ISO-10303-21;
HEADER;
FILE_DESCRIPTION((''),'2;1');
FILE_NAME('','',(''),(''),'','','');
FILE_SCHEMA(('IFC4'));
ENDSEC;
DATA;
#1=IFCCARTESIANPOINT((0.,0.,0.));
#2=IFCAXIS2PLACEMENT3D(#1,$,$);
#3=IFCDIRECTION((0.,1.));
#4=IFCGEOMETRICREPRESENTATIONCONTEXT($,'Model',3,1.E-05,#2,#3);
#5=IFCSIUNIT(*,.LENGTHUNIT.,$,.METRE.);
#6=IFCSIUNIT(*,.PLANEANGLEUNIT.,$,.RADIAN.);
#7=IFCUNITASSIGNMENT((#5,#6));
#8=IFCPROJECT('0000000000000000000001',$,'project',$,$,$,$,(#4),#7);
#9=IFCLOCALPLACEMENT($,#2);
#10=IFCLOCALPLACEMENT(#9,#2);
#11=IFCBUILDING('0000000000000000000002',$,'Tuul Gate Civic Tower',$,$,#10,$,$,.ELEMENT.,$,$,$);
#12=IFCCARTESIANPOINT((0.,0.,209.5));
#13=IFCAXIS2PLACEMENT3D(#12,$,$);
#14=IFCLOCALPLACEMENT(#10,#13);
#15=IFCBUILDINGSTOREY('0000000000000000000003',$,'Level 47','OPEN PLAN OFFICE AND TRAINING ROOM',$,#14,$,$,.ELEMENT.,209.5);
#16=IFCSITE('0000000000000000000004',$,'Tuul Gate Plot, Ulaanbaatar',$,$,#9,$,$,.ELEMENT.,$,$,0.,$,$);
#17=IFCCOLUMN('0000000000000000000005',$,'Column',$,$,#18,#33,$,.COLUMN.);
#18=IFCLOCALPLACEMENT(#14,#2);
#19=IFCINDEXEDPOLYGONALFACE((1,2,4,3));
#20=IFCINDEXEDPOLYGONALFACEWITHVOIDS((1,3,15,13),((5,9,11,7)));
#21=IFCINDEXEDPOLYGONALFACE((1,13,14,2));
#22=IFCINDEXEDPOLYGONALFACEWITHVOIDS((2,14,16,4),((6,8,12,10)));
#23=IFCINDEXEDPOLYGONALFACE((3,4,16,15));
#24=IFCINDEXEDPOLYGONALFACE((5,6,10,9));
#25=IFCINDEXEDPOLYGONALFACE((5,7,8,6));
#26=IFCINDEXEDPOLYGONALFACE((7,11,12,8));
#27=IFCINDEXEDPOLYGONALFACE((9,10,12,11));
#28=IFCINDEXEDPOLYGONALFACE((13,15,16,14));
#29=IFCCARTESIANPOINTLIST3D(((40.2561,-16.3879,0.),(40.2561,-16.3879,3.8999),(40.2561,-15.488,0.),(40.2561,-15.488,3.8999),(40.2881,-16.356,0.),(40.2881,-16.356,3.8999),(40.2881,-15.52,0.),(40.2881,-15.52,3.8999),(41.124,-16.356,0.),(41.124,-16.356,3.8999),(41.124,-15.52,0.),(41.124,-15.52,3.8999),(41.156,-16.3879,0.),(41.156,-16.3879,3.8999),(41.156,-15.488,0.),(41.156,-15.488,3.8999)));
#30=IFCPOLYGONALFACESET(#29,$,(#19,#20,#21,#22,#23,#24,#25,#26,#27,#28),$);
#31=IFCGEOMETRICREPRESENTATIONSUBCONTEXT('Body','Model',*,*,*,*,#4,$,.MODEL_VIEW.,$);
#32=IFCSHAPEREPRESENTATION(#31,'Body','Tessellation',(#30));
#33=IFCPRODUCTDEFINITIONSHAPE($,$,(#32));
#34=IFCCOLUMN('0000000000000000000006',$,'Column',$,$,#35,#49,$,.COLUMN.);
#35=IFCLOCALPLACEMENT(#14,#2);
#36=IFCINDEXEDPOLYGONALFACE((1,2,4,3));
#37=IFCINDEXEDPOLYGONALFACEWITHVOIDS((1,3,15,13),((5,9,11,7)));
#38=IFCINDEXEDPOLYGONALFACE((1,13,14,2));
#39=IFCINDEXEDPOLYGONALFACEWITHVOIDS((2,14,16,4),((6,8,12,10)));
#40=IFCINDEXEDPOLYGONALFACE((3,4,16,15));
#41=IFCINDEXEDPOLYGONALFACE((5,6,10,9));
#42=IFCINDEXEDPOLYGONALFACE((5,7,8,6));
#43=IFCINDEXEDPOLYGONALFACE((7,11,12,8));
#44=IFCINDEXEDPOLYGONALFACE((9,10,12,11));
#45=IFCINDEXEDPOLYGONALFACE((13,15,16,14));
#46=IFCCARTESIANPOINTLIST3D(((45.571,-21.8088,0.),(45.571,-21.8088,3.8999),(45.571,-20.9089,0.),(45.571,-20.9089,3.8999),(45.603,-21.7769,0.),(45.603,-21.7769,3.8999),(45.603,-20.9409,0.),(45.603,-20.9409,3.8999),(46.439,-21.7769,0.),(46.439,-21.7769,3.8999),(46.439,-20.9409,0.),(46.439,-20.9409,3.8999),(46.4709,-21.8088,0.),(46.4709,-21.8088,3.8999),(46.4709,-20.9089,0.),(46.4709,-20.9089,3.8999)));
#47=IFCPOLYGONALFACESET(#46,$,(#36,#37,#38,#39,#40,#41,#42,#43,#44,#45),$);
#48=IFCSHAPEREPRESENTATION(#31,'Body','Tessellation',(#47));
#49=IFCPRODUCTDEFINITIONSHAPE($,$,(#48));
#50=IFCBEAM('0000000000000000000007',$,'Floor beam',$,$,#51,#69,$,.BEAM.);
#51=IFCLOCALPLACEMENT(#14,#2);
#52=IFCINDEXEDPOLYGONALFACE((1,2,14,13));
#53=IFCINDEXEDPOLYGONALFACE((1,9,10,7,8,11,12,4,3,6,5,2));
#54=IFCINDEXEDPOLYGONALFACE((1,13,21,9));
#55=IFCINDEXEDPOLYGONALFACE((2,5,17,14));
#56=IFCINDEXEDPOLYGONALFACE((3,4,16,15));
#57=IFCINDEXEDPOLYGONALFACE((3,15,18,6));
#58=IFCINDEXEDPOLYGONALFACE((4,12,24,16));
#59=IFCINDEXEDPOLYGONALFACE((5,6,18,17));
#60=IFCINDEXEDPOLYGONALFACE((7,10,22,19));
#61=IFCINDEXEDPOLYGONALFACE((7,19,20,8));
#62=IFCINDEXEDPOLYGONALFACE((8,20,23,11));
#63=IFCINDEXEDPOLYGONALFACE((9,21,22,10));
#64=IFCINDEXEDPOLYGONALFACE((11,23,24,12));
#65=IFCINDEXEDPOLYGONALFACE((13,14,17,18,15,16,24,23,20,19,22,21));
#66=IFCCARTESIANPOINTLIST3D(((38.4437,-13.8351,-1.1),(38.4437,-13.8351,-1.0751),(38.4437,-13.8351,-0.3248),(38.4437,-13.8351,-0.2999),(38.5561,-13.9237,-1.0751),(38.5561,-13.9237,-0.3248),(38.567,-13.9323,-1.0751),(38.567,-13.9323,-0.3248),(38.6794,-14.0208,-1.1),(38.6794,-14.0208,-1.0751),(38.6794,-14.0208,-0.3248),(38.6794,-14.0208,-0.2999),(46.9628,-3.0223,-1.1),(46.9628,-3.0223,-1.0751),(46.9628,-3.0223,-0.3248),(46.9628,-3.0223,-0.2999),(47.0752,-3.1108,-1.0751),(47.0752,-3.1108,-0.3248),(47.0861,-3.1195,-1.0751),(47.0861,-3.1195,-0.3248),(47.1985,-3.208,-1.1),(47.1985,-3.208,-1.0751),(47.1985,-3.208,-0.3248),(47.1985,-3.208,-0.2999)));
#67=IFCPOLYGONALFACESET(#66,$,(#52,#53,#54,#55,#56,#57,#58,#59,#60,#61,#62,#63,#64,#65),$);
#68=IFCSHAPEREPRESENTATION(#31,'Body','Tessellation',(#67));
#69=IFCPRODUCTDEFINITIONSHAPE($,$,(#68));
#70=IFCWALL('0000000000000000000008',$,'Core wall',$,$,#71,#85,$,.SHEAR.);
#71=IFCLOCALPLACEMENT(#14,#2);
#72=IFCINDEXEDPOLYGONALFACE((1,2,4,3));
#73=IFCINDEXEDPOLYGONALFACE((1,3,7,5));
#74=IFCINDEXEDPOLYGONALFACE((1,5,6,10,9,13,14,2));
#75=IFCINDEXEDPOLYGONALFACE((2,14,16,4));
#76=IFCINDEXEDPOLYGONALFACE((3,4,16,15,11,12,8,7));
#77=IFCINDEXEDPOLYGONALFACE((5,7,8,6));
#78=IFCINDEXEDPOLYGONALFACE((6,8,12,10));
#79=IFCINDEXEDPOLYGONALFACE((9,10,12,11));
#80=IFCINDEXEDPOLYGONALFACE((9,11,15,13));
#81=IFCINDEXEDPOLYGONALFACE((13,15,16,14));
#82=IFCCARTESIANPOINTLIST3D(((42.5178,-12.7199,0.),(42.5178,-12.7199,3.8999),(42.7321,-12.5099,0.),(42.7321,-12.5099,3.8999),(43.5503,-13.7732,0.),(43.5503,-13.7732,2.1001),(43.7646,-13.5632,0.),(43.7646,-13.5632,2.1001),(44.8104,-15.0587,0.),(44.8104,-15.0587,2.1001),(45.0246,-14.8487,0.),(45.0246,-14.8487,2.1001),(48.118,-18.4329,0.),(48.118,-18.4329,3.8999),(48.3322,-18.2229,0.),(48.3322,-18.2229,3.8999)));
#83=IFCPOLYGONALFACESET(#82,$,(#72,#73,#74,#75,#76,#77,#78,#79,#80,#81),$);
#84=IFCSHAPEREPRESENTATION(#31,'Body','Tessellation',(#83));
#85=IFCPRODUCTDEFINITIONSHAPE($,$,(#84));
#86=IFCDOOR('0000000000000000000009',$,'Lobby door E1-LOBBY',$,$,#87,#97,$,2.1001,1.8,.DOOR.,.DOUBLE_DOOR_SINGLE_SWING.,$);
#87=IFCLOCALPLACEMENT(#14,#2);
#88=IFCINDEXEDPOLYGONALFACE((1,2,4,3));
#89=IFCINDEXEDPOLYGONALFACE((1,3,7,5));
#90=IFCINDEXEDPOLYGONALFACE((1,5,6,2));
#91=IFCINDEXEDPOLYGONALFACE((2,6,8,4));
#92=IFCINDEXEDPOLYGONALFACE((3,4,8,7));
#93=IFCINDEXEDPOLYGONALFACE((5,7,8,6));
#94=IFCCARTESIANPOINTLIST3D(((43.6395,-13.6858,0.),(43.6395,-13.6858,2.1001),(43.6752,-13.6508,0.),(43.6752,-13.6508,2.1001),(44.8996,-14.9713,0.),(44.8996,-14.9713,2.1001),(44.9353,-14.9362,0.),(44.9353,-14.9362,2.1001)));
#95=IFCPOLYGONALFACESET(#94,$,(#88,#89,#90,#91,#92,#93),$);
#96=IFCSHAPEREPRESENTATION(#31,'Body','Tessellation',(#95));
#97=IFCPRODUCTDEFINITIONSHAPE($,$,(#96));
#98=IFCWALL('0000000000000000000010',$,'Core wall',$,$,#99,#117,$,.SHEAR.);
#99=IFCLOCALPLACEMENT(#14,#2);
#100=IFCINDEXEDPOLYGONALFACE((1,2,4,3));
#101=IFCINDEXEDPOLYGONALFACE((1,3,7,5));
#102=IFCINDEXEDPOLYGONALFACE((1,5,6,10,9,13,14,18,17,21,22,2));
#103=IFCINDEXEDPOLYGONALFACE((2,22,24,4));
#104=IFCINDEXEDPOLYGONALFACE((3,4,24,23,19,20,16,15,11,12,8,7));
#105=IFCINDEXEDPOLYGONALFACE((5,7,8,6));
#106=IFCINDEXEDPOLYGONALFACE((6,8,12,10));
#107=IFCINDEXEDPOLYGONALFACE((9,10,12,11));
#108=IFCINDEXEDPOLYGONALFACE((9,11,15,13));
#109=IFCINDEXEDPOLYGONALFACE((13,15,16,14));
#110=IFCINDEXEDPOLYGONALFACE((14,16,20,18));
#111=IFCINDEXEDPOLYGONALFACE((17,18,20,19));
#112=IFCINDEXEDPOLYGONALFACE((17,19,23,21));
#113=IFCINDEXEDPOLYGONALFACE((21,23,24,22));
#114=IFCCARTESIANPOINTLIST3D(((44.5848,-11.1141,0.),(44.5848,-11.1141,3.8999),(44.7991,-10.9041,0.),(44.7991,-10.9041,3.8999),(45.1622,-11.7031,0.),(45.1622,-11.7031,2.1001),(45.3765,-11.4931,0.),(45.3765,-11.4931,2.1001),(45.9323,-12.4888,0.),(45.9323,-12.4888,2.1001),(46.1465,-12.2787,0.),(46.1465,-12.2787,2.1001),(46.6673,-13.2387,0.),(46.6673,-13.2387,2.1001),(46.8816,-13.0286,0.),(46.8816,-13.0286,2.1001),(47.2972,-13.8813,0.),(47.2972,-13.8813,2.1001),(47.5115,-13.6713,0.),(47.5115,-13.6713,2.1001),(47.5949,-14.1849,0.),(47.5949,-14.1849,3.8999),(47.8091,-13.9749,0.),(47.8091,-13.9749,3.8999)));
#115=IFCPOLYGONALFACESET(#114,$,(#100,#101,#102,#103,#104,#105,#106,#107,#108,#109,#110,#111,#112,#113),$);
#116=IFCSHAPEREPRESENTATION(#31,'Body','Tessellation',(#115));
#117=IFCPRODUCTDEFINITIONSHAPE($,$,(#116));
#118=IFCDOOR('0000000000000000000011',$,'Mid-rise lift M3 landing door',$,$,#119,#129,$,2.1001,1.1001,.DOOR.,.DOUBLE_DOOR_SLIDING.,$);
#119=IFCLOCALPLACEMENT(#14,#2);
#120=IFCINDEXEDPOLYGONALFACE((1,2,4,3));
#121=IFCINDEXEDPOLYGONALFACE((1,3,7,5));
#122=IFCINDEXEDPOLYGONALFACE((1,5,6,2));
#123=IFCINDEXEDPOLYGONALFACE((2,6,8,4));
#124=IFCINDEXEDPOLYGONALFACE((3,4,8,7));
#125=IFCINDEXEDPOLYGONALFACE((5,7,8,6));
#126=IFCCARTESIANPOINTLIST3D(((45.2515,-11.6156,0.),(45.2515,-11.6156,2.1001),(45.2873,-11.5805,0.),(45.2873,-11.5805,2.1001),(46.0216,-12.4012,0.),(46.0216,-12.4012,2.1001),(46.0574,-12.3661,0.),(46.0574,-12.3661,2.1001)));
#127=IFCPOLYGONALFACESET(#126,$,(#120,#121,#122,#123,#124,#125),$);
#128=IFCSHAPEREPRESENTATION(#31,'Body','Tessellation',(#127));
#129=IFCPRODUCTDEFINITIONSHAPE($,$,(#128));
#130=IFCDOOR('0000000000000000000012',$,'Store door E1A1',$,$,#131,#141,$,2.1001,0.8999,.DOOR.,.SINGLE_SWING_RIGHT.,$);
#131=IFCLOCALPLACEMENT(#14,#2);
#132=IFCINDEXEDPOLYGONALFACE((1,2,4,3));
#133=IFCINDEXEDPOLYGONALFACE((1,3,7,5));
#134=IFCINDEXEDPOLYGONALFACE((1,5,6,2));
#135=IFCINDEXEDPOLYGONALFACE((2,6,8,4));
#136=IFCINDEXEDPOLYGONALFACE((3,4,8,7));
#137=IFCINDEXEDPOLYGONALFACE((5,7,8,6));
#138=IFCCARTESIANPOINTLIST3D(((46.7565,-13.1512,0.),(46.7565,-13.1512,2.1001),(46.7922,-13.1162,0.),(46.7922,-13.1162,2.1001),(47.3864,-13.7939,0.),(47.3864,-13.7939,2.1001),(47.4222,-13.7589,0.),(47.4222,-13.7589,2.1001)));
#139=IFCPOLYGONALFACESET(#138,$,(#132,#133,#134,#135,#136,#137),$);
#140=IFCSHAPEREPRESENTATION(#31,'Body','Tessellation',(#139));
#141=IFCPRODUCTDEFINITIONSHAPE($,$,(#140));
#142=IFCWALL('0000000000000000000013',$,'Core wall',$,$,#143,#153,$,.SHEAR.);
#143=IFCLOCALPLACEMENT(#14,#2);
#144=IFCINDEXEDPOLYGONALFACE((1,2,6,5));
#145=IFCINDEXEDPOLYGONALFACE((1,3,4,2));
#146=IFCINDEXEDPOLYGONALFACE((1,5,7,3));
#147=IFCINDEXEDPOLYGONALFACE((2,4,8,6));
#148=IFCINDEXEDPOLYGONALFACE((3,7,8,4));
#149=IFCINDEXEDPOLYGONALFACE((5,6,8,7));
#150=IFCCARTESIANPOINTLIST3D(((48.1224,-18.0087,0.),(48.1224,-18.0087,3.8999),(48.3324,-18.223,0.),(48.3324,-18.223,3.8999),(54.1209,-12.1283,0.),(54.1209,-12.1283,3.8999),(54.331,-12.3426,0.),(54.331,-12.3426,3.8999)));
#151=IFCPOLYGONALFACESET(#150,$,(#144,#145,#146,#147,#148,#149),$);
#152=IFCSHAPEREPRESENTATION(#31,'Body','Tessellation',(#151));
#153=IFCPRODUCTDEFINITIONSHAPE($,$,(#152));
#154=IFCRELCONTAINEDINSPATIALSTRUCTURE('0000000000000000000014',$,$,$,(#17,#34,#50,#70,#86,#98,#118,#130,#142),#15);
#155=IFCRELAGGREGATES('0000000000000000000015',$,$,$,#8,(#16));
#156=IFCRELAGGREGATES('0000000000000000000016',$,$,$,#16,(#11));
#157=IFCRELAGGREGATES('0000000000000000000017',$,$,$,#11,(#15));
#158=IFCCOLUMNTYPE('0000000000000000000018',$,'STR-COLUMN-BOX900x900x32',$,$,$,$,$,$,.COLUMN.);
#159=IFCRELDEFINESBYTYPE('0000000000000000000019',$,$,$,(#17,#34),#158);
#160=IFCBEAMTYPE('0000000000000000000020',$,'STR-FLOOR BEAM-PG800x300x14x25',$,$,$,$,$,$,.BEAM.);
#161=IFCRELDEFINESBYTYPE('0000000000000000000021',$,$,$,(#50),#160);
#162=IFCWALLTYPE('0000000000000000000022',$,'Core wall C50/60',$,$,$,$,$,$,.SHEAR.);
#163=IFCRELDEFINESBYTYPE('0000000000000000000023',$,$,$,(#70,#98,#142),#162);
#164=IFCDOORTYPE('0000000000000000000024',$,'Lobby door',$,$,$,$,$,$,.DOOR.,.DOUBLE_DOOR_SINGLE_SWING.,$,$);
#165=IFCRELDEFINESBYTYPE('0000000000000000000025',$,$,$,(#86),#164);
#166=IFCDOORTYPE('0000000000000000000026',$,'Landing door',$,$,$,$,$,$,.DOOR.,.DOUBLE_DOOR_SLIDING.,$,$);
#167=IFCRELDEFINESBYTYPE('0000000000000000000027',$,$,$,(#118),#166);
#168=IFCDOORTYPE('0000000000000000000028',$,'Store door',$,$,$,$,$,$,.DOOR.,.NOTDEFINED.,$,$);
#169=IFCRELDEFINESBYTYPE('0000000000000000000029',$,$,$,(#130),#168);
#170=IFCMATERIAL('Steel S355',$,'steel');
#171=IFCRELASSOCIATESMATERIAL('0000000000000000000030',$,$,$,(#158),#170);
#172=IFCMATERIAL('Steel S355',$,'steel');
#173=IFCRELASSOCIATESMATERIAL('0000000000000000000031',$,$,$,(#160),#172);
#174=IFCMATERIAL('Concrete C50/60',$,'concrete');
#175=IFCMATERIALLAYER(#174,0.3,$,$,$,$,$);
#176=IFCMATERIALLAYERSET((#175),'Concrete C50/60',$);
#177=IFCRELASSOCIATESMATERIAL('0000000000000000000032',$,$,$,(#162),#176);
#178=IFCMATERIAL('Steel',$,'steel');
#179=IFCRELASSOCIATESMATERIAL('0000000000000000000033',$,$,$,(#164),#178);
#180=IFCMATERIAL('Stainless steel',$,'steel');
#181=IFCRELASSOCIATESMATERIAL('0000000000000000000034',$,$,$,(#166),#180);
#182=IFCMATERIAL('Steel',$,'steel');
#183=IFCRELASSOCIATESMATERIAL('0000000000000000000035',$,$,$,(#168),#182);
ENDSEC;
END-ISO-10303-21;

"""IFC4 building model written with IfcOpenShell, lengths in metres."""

from ifc_helpers import new_model, si_unit, direction, frame, frame_2d, origin, origin_2d, place, context, subcontext, project, spatial, rectangle, hollow_rectangle, i_section, extrude, material, layer, layer_set, material_profile, profile_set, type_object, element, fill, save


model = new_model("IFC4")

# Units and contexts
model_context = context("Model", 3, precision=1e-05, world=origin(), true_north=direction((0.0, 1.0)))
body_context = subcontext(model_context, "Body", "Model", "MODEL_VIEW")
ifc_project = project(units=[si_unit("LENGTHUNIT", "METRE"), si_unit("PLANEANGLEUNIT", "RADIAN")], contexts=[model_context])

# Site, building, storey
site_placement = place(None, origin())
site = spatial("IfcSite", under=ifc_project, at=site_placement, Name="Tuul Gate Plot, Ulaanbaatar", CompositionType="ELEMENT", RefElevation=0.0)
building_placement = place(site_placement, origin())
building = spatial("IfcBuilding", under=site, at=building_placement, Name="Tuul Gate Civic Tower", CompositionType="ELEMENT")
storey_placement = place(building_placement, frame((0.0, 0.0, 209.5)))
storey = spatial("IfcBuildingStorey", under=building, at=storey_placement, Name="Level 47", Description="OPEN PLAN OFFICE AND TRAINING ROOM", CompositionType="ELEMENT", Elevation=209.5)

# Columns
ifc_material_1 = material(Name="Steel S355", Category="steel")
ifc_material_profile_1 = material_profile(ifc_material_1, hollow_rectangle(XDim=0.8999, YDim=0.8999, WallThickness=0.032, at=origin_2d()), Name="BOX900x900x32")
ifc_profile_set_1 = profile_set([ifc_material_profile_1], Name="Steel S355")
column_type = type_object("IfcColumnType", Name="STR-COLUMN-BOX900x900x32", PredefinedType="COLUMN", material=ifc_profile_set_1)
for number, where, z_axis, x_axis, name in (
    (1, (40.7061, -15.938, 0.0), (0.0, 0.0, 1.0), (1.0, 0.0, 0.0), "Column"),
    (2, (46.021, -21.3589, 0.0), (0.0, 0.0, 1.0), (1.0, 0.0, 0.0), "Column"),
):
    element("IfcColumn", number, at=place(storey_placement, frame(where, z_axis=z_axis, x_axis=x_axis)), inside=storey, type_object=column_type, Name=name, PredefinedType="COLUMN", context=body_context, shape_type="SweptSolid", body=[
        extrude(hollow_rectangle(XDim=0.8999, YDim=0.8999, WallThickness=0.032, at=origin_2d()), origin(), (0.0, 0.0, 1.0), 3.8999),
    ])

# Beam
ifc_material_2 = material(Name="Steel S355", Category="steel")
ifc_material_profile_2 = material_profile(ifc_material_2, i_section(OverallWidth=0.3, OverallDepth=0.8, WebThickness=0.0139, FlangeThickness=0.0249, at=origin_2d()), Name="PG800x300x14x25")
ifc_profile_set_2 = profile_set([ifc_material_profile_2], Name="Steel S355")
beam_type = type_object("IfcBeamType", Name="STR-FLOOR BEAM-PG800x300x14x25", PredefinedType="BEAM", material=ifc_profile_set_2)
beam_placement = place(storey_placement, frame((38.5615, -13.928, -0.7), z_axis=(0.618868, 0.785495, 0.0), x_axis=(-0.785495, 0.618868, 0.0)))
element("IfcBeam", 3, at=beam_placement, inside=storey, type_object=beam_type, Name="Floor beam", PredefinedType="BEAM", context=body_context, shape_type="SweptSolid", body=[
    extrude(i_section(OverallWidth=0.3, OverallDepth=0.8, WebThickness=0.0139, FlangeThickness=0.0249, at=origin_2d()), origin(), (0.0, 0.0, 1.0), 13.7656),
])

# Wall, opening, door
ifc_material_3 = material(Name="Concrete C50/60", Category="concrete")
ifc_layer_1 = layer(ifc_material_3, 0.3)
ifc_layer_set_1 = layer_set([ifc_layer_1], Name="Concrete C50/60")
wall_type_1 = type_object("IfcWallType", Name="Core wall C50/60", PredefinedType="SHEAR", material=ifc_layer_set_1)
wall_1_placement = place(storey_placement, frame((48.2251, -18.3279, 0.0), z_axis=(0.0, 0.0, 1.0), x_axis=(-0.700022, 0.714121, 0.0)))
wall_1 = element("IfcWall", 4, at=wall_1_placement, inside=storey, type_object=wall_type_1, Name="Core wall", PredefinedType="SHEAR", context=body_context, shape_type="SweptSolid", body=[
    extrude(rectangle(XDim=8.0, YDim=0.3, at=frame_2d((4.0, 0.0))), origin(), (0.0, 0.0, 1.0), 3.8999),
])
opening_1_placement = place(wall_1_placement, frame((4.7251, 0.0, 0.0)))
opening_1 = element("IfcOpeningElement", 5, at=opening_1_placement, cuts=wall_1, PredefinedType="OPENING", context=body_context, shape_type="SweptSolid", body=[
    extrude(rectangle(XDim=1.8, YDim=2.1001, at=frame_2d((0.8999, 1.05))), frame((0.0, 0.1602, 0.0), z_axis=(0.0, -1.0, 0.0), x_axis=(1.0, 0.0, 0.0)), (0.0, 0.0, 1.0), 0.3201),
])
ifc_material_4 = material(Name="Steel", Category="steel")
door_type_1 = type_object("IfcDoorType", Name="Lobby door", OperationType="DOUBLE_DOOR_SINGLE_SWING", PredefinedType="DOOR", material=ifc_material_4)
door_1_placement = place(opening_1_placement, frame((1.8, 0.0, 0.0), z_axis=(0.0, 0.0, 1.0), x_axis=(-1.0, 0.0, 0.0)))
door_1 = element("IfcDoor", 6, at=door_1_placement, inside=storey, type_object=door_type_1, Name="Lobby door E1-LOBBY", OperationType="DOUBLE_DOOR_SINGLE_SWING", OverallHeight=2.1001, OverallWidth=1.8, PredefinedType="DOOR", context=body_context, shape_type="SweptSolid", body=[
    extrude(rectangle(XDim=1.8, YDim=2.1001, at=frame_2d((0.9001, 1.05))), frame((0.0, 0.0249, 0.0), z_axis=(0.0, -1.0, 0.0), x_axis=(1.0, 0.0, 0.0)), (0.0, 0.0, 1.0), 0.05),
])
fill(opening_1, door_1)

# Wall, openings, doors
wall_2_placement = place(storey_placement, frame((47.7019, -14.0798, 0.0), z_axis=(0.0, 0.0, 1.0), x_axis=(-0.700003, 0.71414, 0.0)))
wall_2 = element("IfcWall", 7, at=wall_2_placement, inside=storey, type_object=wall_type_1, Name="Core wall", PredefinedType="SHEAR", context=body_context, shape_type="SweptSolid", body=[
    extrude(rectangle(XDim=4.3, YDim=0.3, at=frame_2d((2.1499, 0.0))), origin(), (0.0, 0.0, 1.0), 3.8999),
])
opening_2_placement = place(wall_2_placement, frame((0.425, 0.0, 0.0)))
opening_2 = element("IfcOpeningElement", 8, at=opening_2_placement, cuts=wall_2, PredefinedType="OPENING", context=body_context, shape_type="SweptSolid", body=[
    extrude(rectangle(XDim=0.8999, YDim=2.1001, at=frame_2d((0.45, 1.05))), frame((0.0, 0.1602, 0.0), z_axis=(0.0, -1.0, 0.0), x_axis=(1.0, 0.0, 0.0)), (0.0, 0.0, 1.0), 0.3201),
])
opening_3_placement = place(wall_2_placement, frame((2.375, 0.0, 0.0)))
opening_3 = element("IfcOpeningElement", 9, at=opening_3_placement, cuts=wall_2, PredefinedType="OPENING", context=body_context, shape_type="SweptSolid", body=[
    extrude(rectangle(XDim=1.1001, YDim=2.1001, at=frame_2d((0.55, 1.05))), frame((0.0, 0.1602, 0.0), z_axis=(0.0, -1.0, 0.0), x_axis=(1.0, 0.0, 0.0)), (0.0, 0.0, 1.0), 0.3201),
])
ifc_material_5 = material(Name="Stainless steel", Category="steel")
door_type_2 = type_object("IfcDoorType", Name="Landing door", OperationType="DOUBLE_DOOR_SLIDING", PredefinedType="DOOR", material=ifc_material_5)
door_2_placement = place(opening_3_placement, origin())
door_2 = element("IfcDoor", 10, at=door_2_placement, inside=storey, type_object=door_type_2, Name="Mid-rise lift M3 landing door", OperationType="DOUBLE_DOOR_SLIDING", OverallHeight=2.1001, OverallWidth=1.1001, PredefinedType="DOOR", context=body_context, shape_type="SweptSolid", body=[
    extrude(rectangle(XDim=1.1001, YDim=2.1001, at=frame_2d((0.55, 1.05))), frame((0.0, 0.0249, 0.0), z_axis=(0.0, -1.0, 0.0), x_axis=(1.0, 0.0, 0.0)), (0.0, 0.0, 1.0), 0.05),
])
fill(opening_3, door_2)
ifc_material_6 = material(Name="Steel", Category="steel")
door_type_3 = type_object("IfcDoorType", Name="Store door", OperationType="NOTDEFINED", PredefinedType="DOOR", material=ifc_material_6)
door_3_placement = place(opening_2_placement, frame((0.8999, 0.0, 0.0), z_axis=(0.0, 0.0, 1.0), x_axis=(-1.0, 0.0, 0.0)))
door_3 = element("IfcDoor", 11, at=door_3_placement, inside=storey, type_object=door_type_3, Name="Store door E1A1", OperationType="SINGLE_SWING_RIGHT", OverallHeight=2.1001, OverallWidth=0.8999, PredefinedType="DOOR", context=body_context, shape_type="SweptSolid", body=[
    extrude(rectangle(XDim=0.8999, YDim=2.1001, at=frame_2d((0.45, 1.05))), frame((0.0, 0.0249, 0.0), z_axis=(0.0, -1.0, 0.0), x_axis=(1.0, 0.0, 0.0)), (0.0, 0.0, 1.0), 0.05),
])
fill(opening_2, door_3)

# Wall
wall_3_placement = place(storey_placement, frame((48.2273, -18.116, 0.0), z_axis=(0.0, 0.0, 1.0), x_axis=(0.714105, 0.700038, 0.0)))
element("IfcWall", 12, at=wall_3_placement, inside=storey, type_object=wall_type_1, Name="Core wall", PredefinedType="SHEAR", context=body_context, shape_type="SweptSolid", body=[
    extrude(rectangle(XDim=8.4001, YDim=0.3, at=frame_2d((4.2002, 0.0))), origin(), (0.0, 0.0, 1.0), 3.8999),
])

save(model, "model.ifc")
